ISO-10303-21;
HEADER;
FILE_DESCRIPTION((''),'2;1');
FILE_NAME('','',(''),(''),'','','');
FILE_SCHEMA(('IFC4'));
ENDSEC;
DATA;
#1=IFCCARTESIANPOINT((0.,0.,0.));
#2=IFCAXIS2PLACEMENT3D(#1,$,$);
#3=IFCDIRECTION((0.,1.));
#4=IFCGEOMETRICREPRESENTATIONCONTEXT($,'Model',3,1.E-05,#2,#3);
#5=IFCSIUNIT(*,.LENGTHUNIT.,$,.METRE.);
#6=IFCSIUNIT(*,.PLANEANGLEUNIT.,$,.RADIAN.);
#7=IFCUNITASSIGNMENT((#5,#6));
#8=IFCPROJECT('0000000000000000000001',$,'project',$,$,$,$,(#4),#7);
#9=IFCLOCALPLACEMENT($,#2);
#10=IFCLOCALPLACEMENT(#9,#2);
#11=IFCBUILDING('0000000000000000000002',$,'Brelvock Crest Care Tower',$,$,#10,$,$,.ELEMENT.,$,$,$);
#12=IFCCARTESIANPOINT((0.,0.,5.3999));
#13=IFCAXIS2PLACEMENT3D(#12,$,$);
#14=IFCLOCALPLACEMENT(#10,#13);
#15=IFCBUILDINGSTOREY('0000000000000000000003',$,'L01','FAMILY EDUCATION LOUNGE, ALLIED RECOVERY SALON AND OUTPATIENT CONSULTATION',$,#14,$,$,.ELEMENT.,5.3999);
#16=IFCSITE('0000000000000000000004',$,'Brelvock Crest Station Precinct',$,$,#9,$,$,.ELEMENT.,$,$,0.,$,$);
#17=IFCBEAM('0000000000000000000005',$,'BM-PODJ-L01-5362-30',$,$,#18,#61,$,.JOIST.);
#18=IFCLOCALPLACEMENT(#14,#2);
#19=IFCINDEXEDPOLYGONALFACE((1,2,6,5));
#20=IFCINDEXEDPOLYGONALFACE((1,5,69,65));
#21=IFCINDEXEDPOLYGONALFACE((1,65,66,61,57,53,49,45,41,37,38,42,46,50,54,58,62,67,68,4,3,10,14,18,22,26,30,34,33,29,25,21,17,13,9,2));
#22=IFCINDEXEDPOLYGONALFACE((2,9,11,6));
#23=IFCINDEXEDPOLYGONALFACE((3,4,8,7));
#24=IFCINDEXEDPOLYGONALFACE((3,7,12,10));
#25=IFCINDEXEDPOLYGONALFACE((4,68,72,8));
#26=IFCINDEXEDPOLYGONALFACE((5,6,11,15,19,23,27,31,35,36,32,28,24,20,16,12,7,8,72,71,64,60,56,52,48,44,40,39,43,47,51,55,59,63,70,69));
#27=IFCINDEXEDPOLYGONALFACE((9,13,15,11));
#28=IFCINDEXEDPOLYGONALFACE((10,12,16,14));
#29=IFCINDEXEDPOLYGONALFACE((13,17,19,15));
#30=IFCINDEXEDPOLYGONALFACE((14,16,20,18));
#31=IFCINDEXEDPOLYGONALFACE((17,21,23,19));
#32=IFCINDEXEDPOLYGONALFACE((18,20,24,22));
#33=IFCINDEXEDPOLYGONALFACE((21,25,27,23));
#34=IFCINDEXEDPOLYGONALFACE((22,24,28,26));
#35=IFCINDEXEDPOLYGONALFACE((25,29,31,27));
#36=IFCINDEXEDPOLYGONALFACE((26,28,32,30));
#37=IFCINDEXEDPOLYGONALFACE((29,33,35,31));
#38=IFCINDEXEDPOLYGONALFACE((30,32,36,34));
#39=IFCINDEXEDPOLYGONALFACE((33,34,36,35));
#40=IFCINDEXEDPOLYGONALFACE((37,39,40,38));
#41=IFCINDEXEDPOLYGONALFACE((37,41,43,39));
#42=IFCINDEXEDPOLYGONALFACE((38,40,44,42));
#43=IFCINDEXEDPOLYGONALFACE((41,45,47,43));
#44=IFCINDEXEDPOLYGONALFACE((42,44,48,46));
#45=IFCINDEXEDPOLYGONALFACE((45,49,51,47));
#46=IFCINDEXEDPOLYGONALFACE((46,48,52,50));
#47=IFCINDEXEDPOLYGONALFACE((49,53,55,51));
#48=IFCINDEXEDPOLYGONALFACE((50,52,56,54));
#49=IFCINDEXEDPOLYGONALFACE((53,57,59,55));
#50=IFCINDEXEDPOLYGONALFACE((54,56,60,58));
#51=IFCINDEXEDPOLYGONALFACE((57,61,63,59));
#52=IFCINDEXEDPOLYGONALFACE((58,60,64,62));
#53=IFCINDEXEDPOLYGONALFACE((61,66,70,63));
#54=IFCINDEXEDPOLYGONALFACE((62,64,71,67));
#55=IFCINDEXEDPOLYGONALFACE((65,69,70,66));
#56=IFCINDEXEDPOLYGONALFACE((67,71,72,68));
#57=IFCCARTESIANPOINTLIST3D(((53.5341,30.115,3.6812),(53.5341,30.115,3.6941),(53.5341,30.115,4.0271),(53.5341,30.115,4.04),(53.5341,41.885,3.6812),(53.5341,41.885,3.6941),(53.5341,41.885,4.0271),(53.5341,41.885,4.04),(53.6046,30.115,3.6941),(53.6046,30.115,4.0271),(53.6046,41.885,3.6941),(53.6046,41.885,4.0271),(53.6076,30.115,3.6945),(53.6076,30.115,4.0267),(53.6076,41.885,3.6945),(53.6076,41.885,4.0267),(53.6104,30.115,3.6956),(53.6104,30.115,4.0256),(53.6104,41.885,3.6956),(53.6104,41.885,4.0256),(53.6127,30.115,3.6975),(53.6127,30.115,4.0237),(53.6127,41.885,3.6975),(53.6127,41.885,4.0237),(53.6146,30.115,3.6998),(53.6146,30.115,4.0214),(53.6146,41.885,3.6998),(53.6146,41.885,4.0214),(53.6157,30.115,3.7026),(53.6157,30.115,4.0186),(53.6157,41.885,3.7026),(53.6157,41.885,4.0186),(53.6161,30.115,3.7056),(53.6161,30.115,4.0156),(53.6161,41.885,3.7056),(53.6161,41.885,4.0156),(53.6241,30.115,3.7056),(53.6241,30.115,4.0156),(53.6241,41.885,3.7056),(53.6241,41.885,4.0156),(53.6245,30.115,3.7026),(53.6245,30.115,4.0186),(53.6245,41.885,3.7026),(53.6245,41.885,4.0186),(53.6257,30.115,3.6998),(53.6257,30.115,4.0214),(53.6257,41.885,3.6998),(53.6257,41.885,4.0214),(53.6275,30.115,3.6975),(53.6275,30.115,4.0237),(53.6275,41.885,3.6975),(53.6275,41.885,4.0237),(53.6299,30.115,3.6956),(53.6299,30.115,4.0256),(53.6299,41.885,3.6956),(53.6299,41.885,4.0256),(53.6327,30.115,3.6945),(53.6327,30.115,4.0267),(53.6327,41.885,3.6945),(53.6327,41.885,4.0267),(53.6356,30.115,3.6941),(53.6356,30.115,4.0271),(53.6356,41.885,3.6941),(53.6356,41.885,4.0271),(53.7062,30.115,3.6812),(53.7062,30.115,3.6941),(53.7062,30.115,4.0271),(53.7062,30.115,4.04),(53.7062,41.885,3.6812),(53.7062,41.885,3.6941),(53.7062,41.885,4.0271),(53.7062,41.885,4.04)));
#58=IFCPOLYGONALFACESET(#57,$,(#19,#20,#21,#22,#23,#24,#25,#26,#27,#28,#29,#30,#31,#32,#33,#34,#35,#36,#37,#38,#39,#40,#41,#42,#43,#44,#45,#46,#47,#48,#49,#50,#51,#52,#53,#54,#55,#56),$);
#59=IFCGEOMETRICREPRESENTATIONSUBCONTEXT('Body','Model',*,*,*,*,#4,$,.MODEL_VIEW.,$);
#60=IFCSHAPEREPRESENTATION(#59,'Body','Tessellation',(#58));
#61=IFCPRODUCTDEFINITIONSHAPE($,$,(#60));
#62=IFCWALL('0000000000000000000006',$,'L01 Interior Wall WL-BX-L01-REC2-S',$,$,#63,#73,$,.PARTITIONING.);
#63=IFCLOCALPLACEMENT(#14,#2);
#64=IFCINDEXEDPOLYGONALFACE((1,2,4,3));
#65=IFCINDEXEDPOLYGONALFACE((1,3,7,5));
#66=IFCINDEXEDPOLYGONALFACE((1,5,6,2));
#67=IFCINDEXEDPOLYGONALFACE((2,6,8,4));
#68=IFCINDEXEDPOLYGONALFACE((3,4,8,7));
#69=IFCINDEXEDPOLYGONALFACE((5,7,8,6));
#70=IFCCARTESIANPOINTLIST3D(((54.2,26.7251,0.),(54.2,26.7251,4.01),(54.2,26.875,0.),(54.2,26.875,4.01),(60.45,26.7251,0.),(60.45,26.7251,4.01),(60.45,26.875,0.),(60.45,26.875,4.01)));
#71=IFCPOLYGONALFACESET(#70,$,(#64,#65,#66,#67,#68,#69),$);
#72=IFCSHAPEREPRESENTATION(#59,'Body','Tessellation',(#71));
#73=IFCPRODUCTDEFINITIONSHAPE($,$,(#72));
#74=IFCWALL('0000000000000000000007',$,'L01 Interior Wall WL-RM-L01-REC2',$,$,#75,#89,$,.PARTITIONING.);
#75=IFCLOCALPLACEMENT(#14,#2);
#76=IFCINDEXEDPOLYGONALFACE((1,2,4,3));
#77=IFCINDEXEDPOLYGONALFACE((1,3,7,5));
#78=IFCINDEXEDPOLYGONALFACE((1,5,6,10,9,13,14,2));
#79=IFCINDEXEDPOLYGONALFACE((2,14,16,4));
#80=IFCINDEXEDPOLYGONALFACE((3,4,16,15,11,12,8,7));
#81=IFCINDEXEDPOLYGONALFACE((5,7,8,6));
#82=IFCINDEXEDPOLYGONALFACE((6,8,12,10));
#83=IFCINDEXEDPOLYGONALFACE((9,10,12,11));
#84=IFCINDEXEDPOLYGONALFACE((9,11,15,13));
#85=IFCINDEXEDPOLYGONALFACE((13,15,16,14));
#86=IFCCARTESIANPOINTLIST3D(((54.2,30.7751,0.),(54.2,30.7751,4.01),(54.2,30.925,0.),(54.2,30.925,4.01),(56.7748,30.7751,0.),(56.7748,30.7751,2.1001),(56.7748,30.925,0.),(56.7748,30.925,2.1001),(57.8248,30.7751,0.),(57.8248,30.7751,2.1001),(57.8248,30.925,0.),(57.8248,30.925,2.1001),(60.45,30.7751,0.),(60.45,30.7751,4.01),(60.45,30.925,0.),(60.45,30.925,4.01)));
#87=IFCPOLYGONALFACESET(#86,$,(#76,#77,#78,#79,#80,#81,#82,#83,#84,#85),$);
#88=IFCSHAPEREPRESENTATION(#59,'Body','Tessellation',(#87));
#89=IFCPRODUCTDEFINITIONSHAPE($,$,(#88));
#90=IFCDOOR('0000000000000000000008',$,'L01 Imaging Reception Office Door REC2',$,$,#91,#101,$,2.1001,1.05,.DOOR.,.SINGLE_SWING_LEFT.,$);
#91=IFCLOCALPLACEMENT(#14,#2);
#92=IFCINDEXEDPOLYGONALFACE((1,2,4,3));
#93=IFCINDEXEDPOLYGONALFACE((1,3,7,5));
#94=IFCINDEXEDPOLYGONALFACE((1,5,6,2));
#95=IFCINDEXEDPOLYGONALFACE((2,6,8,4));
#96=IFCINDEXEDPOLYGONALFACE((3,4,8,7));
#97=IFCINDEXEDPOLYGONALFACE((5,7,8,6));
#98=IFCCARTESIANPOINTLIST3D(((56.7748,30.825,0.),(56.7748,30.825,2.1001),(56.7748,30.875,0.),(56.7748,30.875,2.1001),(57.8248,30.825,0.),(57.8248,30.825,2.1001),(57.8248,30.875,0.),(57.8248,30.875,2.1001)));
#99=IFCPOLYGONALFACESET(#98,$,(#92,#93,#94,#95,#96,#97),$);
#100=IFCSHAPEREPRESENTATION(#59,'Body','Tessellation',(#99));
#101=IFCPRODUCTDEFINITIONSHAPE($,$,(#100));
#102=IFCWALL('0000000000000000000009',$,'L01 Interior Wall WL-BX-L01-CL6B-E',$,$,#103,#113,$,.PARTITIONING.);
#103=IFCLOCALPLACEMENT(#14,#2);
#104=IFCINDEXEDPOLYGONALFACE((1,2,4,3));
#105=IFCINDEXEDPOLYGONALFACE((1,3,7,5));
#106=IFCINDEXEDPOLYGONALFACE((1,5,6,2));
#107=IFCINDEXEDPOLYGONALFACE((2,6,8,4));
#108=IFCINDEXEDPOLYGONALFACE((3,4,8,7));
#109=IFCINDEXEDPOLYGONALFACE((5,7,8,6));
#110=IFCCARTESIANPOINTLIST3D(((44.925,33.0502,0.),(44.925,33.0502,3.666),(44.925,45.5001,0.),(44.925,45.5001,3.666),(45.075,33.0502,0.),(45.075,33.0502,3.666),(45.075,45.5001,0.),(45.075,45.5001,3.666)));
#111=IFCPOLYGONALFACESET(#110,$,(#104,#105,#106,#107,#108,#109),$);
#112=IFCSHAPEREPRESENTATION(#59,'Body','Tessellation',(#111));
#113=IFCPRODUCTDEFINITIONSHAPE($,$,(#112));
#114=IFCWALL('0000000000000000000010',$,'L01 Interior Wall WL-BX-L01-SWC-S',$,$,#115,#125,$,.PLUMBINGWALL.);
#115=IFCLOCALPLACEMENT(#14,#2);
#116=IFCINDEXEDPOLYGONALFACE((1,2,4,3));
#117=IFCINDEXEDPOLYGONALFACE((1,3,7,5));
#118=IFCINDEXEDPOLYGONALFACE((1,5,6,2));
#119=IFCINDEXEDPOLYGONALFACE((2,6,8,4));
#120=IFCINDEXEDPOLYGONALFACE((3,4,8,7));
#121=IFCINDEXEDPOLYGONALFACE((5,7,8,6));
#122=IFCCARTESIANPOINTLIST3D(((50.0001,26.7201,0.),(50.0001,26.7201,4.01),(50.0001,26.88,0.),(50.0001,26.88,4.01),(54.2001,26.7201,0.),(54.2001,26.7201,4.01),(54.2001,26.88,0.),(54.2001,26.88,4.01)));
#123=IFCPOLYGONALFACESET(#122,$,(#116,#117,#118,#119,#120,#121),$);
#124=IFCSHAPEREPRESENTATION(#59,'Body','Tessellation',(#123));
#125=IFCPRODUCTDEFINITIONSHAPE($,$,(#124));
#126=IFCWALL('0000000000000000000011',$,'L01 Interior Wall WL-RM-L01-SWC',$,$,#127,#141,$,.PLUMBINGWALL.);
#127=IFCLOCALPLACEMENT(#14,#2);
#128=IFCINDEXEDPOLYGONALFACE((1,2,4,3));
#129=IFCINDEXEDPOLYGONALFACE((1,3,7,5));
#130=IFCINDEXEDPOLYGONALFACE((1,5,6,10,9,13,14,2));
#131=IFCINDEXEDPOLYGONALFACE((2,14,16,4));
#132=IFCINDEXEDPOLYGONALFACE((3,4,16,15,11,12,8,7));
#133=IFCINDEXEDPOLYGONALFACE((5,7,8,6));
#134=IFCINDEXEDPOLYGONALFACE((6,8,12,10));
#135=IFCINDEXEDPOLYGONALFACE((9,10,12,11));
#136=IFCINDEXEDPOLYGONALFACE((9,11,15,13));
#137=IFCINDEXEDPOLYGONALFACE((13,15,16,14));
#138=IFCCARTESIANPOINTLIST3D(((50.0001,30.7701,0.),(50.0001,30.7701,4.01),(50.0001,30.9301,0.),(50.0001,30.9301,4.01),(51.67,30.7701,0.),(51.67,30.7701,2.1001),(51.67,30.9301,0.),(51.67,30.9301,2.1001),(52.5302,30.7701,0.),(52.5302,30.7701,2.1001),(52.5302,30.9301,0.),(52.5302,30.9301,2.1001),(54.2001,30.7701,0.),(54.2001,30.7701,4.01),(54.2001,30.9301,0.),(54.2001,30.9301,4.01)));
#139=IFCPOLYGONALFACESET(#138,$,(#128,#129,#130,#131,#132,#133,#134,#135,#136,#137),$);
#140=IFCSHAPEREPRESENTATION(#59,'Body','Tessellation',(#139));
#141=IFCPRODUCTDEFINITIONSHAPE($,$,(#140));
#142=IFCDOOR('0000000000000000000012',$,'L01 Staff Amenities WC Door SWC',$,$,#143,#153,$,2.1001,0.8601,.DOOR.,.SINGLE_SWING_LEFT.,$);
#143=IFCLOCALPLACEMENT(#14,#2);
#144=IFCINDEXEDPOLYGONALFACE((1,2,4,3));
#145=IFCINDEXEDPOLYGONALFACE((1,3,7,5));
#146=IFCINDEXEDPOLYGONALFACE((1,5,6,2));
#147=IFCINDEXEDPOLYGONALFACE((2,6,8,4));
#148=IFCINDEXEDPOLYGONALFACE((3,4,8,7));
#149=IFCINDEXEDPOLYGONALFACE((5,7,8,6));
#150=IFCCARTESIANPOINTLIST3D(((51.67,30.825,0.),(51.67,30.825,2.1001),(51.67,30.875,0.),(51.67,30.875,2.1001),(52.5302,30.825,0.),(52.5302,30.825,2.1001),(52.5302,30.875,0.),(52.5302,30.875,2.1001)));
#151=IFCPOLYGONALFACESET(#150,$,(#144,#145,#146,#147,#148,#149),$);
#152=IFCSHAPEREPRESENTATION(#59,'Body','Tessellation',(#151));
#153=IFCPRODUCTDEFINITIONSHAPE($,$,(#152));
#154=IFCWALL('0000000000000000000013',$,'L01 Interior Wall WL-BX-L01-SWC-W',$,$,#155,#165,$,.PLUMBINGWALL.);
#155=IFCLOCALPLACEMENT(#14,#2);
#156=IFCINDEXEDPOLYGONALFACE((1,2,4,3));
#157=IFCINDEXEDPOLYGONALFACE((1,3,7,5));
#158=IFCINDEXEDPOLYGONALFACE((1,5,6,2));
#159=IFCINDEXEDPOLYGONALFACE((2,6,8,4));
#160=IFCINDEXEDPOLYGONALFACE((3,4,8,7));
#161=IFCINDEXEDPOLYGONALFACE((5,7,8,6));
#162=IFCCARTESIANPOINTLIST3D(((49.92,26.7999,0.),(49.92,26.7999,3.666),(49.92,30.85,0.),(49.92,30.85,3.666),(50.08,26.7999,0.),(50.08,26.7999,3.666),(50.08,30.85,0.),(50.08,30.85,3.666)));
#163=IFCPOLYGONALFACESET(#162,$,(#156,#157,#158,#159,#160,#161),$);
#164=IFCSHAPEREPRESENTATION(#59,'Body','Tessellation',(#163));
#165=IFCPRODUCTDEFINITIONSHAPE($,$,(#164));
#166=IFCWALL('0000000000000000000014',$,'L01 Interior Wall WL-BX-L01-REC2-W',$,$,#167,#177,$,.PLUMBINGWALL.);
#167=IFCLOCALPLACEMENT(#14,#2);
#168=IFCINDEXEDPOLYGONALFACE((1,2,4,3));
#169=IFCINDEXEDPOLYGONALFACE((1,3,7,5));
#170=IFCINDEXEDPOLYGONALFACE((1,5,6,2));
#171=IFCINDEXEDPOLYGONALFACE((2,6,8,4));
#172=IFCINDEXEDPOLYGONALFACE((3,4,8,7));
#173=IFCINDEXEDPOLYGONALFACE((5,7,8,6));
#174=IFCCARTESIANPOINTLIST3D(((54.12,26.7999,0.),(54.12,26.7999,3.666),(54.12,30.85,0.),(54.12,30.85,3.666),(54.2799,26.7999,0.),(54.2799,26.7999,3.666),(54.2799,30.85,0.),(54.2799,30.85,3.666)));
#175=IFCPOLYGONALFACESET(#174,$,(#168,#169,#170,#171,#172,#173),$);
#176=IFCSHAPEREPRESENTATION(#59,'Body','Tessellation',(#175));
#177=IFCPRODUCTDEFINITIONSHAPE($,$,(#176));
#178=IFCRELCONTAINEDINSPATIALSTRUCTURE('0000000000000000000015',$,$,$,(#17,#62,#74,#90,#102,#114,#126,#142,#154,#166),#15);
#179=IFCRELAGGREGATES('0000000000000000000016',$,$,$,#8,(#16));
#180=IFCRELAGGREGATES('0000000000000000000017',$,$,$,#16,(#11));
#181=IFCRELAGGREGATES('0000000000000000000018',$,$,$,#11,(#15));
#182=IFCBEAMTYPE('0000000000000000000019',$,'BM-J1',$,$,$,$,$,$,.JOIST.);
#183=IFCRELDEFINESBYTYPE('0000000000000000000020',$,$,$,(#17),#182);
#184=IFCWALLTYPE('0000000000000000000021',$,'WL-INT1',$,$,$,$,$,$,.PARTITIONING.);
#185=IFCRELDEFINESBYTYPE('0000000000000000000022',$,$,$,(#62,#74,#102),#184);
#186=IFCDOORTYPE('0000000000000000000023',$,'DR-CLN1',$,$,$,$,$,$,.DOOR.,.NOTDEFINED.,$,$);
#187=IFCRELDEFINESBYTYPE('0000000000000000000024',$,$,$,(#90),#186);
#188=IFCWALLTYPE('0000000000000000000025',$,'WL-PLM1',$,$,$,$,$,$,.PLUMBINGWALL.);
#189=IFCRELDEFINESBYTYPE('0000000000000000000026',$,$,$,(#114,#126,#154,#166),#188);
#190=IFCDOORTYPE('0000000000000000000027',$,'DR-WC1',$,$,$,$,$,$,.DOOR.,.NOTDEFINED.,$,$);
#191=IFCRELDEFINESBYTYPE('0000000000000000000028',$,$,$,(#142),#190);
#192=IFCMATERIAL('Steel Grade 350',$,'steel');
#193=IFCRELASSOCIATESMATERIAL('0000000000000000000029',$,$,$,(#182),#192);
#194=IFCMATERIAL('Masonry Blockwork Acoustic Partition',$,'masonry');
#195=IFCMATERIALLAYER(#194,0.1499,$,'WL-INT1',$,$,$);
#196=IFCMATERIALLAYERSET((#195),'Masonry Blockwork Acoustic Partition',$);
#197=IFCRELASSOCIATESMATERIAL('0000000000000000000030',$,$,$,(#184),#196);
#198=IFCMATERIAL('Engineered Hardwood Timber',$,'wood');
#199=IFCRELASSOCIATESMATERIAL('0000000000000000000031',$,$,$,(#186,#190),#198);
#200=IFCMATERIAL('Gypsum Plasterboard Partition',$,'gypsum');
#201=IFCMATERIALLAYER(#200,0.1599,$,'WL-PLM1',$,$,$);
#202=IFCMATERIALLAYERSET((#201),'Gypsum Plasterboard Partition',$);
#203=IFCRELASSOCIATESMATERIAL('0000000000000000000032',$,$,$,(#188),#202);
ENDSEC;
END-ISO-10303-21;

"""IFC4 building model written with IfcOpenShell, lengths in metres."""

from ifc_helpers import new_model, si_unit, direction, frame, frame_2d, origin, origin_2d, place, context, subcontext, project, spatial, rectangle, i_section, extrude, source, transform, mapped, material, layer, layer_set, material_profile, profile_set, type_object, element, fill, save


model = new_model("IFC4")

# Units and contexts
model_context = context("Model", 3, precision=1e-05, world=origin(), true_north=direction((0.0, 1.0)))
body_context = subcontext(model_context, "Body", "Model", "MODEL_VIEW")
ifc_project = project(units=[si_unit("LENGTHUNIT", "METRE"), si_unit("PLANEANGLEUNIT", "RADIAN")], contexts=[model_context])

# Site, building, storey
site_placement = place(None, origin())
site = spatial("IfcSite", under=ifc_project, at=site_placement, Name="Brelvock Crest Station Precinct", CompositionType="ELEMENT", RefElevation=0.0)
building_placement = place(site_placement, origin())
building = spatial("IfcBuilding", under=site, at=building_placement, Name="Brelvock Crest Care Tower", CompositionType="ELEMENT")
storey_placement = place(building_placement, frame((0.0, 0.0, 5.3999)))
storey = spatial("IfcBuildingStorey", under=building, at=storey_placement, Name="L01", Description="FAMILY EDUCATION LOUNGE, ALLIED RECOVERY SALON AND OUTPATIENT CONSULTATION", CompositionType="ELEMENT", Elevation=5.3999)

# Shared definitions
ifc_material_1 = material(Name="Steel Grade 350", Category="steel")

# Beam
ifc_material_profile_1 = material_profile(ifc_material_1, i_section(OverallWidth=0.1721, OverallDepth=0.3589, WebThickness=0.0081, FlangeThickness=0.0129, FilletRadius=0.0115, at=origin_2d()), Name="360UB56.7")
ifc_profile_set_1 = profile_set([ifc_material_profile_1], Name="Steel Grade 350")
beam_type_1 = type_object("IfcBeamType", Name="BM-J1", PredefinedType="JOIST", material=ifc_profile_set_1)
shared_shape_1 = source(origin(), body_context, "Body", "SweptSolid", [
    extrude(i_section(OverallWidth=0.1721, OverallDepth=0.3589, WebThickness=0.0081, FlangeThickness=0.0129, FilletRadius=0.0115, at=origin_2d()), origin(), (0.0, 0.0, 1.0), 11.77),
])
for number, where, z_axis, x_axis, name in (
    (1, (53.6201, 30.115, 3.8606), (0.0, 1.0, 0.0), (-1.0, 0.0, 0.0), "BM-PODJ-L01-5362-30"),
):
    element("IfcBeam", number, at=place(storey_placement, frame(where, z_axis=z_axis, x_axis=x_axis)), inside=storey, type_object=beam_type_1, Name=name, PredefinedType="JOIST", context=body_context, shape_type="MappedRepresentation", body=[
        mapped(shared_shape_1, transform((0.0, 0.0, 0.0), x_axis=(1.0, 0.0, 0.0), y_axis=(0.0, 1.0, 0.0), z_axis=(0.0, 0.0, 1.0), scale=1.0)),
    ])

# Wall
ifc_material_2 = material(Name="Masonry Blockwork Acoustic Partition", Category="masonry")
ifc_layer_1 = layer(ifc_material_2, 0.1499, Name="WL-INT1")
ifc_layer_set_1 = layer_set([ifc_layer_1], Name="Masonry Blockwork Acoustic Partition")
wall_type_1 = type_object("IfcWallType", Name="WL-INT1", PredefinedType="PARTITIONING", material=ifc_layer_set_1)
wall_1_placement = place(storey_placement, frame((54.2, 26.8, 0.0), z_axis=(0.0, 0.0, 1.0), x_axis=(1.0, 0.0, 0.0)))
element("IfcWall", 2, at=wall_1_placement, inside=storey, type_object=wall_type_1, Name="L01 Interior Wall WL-BX-L01-REC2-S", PredefinedType="PARTITIONING", context=body_context, shape_type="SweptSolid", body=[
    extrude(rectangle(XDim=6.25, YDim=0.1499, at=frame_2d((3.125, 0.0))), origin(), (0.0, 0.0, 1.0), 4.01),
])

# Wall, opening, door
wall_2_placement = place(storey_placement, frame((54.2, 30.8501, 0.0), z_axis=(0.0, 0.0, 1.0), x_axis=(1.0, 0.0, 0.0)))
wall_2 = element("IfcWall", 3, at=wall_2_placement, inside=storey, type_object=wall_type_1, Name="L01 Interior Wall WL-RM-L01-REC2", PredefinedType="PARTITIONING", context=body_context, shape_type="SweptSolid", body=[
    extrude(rectangle(XDim=6.25, YDim=0.1499, at=frame_2d((3.125, 0.0))), origin(), (0.0, 0.0, 1.0), 4.01),
])
opening_1_placement = place(wall_2_placement, frame((2.575, 0.0, 0.0)))
opening_1 = element("IfcOpeningElement", 4, at=opening_1_placement, cuts=wall_2, PredefinedType="OPENING", context=body_context, shape_type="SweptSolid", body=[
    extrude(rectangle(XDim=1.05, YDim=2.1001, at=origin_2d()), frame((0.5249, 0.085, 1.05), z_axis=(0.0, -1.0, 0.0), x_axis=(1.0, 0.0, 0.0)), (0.0, 0.0, 1.0), 0.1699),
])
ifc_material_3 = material(Name="Engineered Hardwood Timber", Category="wood")
door_type_1 = type_object("IfcDoorType", Name="DR-CLN1", OperationType="NOTDEFINED", PredefinedType="DOOR", material=ifc_material_3)
shared_shape_2 = source(origin(), body_context, "Body", "SweptSolid", [
    extrude(rectangle(XDim=1.05, YDim=2.1001, at=origin_2d()), frame((0.5249, 0.0249, 1.05), z_axis=(0.0, -1.0, 0.0), x_axis=(1.0, 0.0, 0.0)), (0.0, 0.0, 1.0), 0.05),
])
door_1_placement = place(opening_1_placement, origin())
door_1 = element("IfcDoor", 5, at=door_1_placement, inside=storey, type_object=door_type_1, Name="L01 Imaging Reception Office Door REC2", OperationType="SINGLE_SWING_LEFT", OverallHeight=2.1001, OverallWidth=1.05, PredefinedType="DOOR", context=body_context, shape_type="MappedRepresentation", body=[
    mapped(shared_shape_2, transform((0.0, 0.0, 0.0), x_axis=(1.0, 0.0, 0.0), y_axis=(0.0, 1.0, 0.0), z_axis=(0.0, 0.0, 1.0), scale=1.0)),
])
fill(opening_1, door_1)

# Walls
wall_3_placement = place(storey_placement, frame((45.0, 33.05, 0.0), z_axis=(0.0, 0.0, 1.0), x_axis=(0.0, 1.0, 0.0)))
element("IfcWall", 6, at=wall_3_placement, inside=storey, type_object=wall_type_1, Name="L01 Interior Wall WL-BX-L01-CL6B-E", PredefinedType="PARTITIONING", context=body_context, shape_type="SweptSolid", body=[
    extrude(rectangle(XDim=12.45, YDim=0.1499, at=frame_2d((6.2251, 0.0))), origin(), (0.0, 0.0, 1.0), 3.666),
])
ifc_material_4 = material(Name="Gypsum Plasterboard Partition", Category="gypsum")
ifc_layer_2 = layer(ifc_material_4, 0.1599, Name="WL-PLM1")
ifc_layer_set_2 = layer_set([ifc_layer_2], Name="Gypsum Plasterboard Partition")
wall_type_2 = type_object("IfcWallType", Name="WL-PLM1", PredefinedType="PLUMBINGWALL", material=ifc_layer_set_2)
wall_4_placement = place(storey_placement, frame((50.0, 26.8, 0.0), z_axis=(0.0, 0.0, 1.0), x_axis=(1.0, 0.0, 0.0)))
element("IfcWall", 7, at=wall_4_placement, inside=storey, type_object=wall_type_2, Name="L01 Interior Wall WL-BX-L01-SWC-S", PredefinedType="PLUMBINGWALL", context=body_context, shape_type="SweptSolid", body=[
    extrude(rectangle(XDim=4.2, YDim=0.1599, at=frame_2d((2.1001, 0.0))), origin(), (0.0, 0.0, 1.0), 4.01),
])

# Wall, opening, door
wall_5_placement = place(storey_placement, frame((50.0, 30.8501, 0.0), z_axis=(0.0, 0.0, 1.0), x_axis=(1.0, 0.0, 0.0)))
wall_5 = element("IfcWall", 8, at=wall_5_placement, inside=storey, type_object=wall_type_2, Name="L01 Interior Wall WL-RM-L01-SWC", PredefinedType="PLUMBINGWALL", context=body_context, shape_type="SweptSolid", body=[
    extrude(rectangle(XDim=4.2, YDim=0.1599, at=frame_2d((2.1001, 0.0))), origin(), (0.0, 0.0, 1.0), 4.01),
])
opening_2_placement = place(wall_5_placement, frame((1.6699, 0.0, 0.0)))
opening_2 = element("IfcOpeningElement", 9, at=opening_2_placement, cuts=wall_5, PredefinedType="OPENING", context=body_context, shape_type="SweptSolid", body=[
    extrude(rectangle(XDim=0.8601, YDim=2.1001, at=origin_2d()), frame((0.4302, 0.0898, 1.05), z_axis=(0.0, -1.0, 0.0), x_axis=(1.0, 0.0, 0.0)), (0.0, 0.0, 1.0), 0.1799),
])
door_type_2 = type_object("IfcDoorType", Name="DR-WC1", OperationType="NOTDEFINED", PredefinedType="DOOR", material=ifc_material_3)
shared_shape_3 = source(origin(), body_context, "Body", "SweptSolid", [
    extrude(rectangle(XDim=0.8601, YDim=2.1001, at=origin_2d()), frame((0.4302, 0.0249, 1.05), z_axis=(0.0, -1.0, 0.0), x_axis=(1.0, 0.0, 0.0)), (0.0, 0.0, 1.0), 0.05),
])
door_2_placement = place(opening_2_placement, origin())
door_2 = element("IfcDoor", 10, at=door_2_placement, inside=storey, type_object=door_type_2, Name="L01 Staff Amenities WC Door SWC", OperationType="SINGLE_SWING_LEFT", OverallHeight=2.1001, OverallWidth=0.8601, PredefinedType="DOOR", context=body_context, shape_type="MappedRepresentation", body=[
    mapped(shared_shape_3, transform((0.0, 0.0, 0.0), x_axis=(1.0, 0.0, 0.0), y_axis=(0.0, 1.0, 0.0), z_axis=(0.0, 0.0, 1.0), scale=1.0)),
])
fill(opening_2, door_2)

# Walls
for number, where, z_axis, x_axis, name in (
    (11, (50.0, 26.8, 0.0), (0.0, 0.0, 1.0), (0.0, 1.0, 0.0), "L01 Interior Wall WL-BX-L01-SWC-W"),
    (12, (54.2, 26.8, 0.0), (0.0, 0.0, 1.0), (0.0, 1.0, 0.0), "L01 Interior Wall WL-BX-L01-REC2-W"),
):
    element("IfcWall", number, at=place(storey_placement, frame(where, z_axis=z_axis, x_axis=x_axis)), inside=storey, type_object=wall_type_2, Name=name, PredefinedType="PLUMBINGWALL", context=body_context, shape_type="SweptSolid", body=[
        extrude(rectangle(XDim=4.05, YDim=0.1599, at=frame_2d((2.0249, 0.0))), origin(), (0.0, 0.0, 1.0), 3.666),
    ])

save(model, "model.ifc")
